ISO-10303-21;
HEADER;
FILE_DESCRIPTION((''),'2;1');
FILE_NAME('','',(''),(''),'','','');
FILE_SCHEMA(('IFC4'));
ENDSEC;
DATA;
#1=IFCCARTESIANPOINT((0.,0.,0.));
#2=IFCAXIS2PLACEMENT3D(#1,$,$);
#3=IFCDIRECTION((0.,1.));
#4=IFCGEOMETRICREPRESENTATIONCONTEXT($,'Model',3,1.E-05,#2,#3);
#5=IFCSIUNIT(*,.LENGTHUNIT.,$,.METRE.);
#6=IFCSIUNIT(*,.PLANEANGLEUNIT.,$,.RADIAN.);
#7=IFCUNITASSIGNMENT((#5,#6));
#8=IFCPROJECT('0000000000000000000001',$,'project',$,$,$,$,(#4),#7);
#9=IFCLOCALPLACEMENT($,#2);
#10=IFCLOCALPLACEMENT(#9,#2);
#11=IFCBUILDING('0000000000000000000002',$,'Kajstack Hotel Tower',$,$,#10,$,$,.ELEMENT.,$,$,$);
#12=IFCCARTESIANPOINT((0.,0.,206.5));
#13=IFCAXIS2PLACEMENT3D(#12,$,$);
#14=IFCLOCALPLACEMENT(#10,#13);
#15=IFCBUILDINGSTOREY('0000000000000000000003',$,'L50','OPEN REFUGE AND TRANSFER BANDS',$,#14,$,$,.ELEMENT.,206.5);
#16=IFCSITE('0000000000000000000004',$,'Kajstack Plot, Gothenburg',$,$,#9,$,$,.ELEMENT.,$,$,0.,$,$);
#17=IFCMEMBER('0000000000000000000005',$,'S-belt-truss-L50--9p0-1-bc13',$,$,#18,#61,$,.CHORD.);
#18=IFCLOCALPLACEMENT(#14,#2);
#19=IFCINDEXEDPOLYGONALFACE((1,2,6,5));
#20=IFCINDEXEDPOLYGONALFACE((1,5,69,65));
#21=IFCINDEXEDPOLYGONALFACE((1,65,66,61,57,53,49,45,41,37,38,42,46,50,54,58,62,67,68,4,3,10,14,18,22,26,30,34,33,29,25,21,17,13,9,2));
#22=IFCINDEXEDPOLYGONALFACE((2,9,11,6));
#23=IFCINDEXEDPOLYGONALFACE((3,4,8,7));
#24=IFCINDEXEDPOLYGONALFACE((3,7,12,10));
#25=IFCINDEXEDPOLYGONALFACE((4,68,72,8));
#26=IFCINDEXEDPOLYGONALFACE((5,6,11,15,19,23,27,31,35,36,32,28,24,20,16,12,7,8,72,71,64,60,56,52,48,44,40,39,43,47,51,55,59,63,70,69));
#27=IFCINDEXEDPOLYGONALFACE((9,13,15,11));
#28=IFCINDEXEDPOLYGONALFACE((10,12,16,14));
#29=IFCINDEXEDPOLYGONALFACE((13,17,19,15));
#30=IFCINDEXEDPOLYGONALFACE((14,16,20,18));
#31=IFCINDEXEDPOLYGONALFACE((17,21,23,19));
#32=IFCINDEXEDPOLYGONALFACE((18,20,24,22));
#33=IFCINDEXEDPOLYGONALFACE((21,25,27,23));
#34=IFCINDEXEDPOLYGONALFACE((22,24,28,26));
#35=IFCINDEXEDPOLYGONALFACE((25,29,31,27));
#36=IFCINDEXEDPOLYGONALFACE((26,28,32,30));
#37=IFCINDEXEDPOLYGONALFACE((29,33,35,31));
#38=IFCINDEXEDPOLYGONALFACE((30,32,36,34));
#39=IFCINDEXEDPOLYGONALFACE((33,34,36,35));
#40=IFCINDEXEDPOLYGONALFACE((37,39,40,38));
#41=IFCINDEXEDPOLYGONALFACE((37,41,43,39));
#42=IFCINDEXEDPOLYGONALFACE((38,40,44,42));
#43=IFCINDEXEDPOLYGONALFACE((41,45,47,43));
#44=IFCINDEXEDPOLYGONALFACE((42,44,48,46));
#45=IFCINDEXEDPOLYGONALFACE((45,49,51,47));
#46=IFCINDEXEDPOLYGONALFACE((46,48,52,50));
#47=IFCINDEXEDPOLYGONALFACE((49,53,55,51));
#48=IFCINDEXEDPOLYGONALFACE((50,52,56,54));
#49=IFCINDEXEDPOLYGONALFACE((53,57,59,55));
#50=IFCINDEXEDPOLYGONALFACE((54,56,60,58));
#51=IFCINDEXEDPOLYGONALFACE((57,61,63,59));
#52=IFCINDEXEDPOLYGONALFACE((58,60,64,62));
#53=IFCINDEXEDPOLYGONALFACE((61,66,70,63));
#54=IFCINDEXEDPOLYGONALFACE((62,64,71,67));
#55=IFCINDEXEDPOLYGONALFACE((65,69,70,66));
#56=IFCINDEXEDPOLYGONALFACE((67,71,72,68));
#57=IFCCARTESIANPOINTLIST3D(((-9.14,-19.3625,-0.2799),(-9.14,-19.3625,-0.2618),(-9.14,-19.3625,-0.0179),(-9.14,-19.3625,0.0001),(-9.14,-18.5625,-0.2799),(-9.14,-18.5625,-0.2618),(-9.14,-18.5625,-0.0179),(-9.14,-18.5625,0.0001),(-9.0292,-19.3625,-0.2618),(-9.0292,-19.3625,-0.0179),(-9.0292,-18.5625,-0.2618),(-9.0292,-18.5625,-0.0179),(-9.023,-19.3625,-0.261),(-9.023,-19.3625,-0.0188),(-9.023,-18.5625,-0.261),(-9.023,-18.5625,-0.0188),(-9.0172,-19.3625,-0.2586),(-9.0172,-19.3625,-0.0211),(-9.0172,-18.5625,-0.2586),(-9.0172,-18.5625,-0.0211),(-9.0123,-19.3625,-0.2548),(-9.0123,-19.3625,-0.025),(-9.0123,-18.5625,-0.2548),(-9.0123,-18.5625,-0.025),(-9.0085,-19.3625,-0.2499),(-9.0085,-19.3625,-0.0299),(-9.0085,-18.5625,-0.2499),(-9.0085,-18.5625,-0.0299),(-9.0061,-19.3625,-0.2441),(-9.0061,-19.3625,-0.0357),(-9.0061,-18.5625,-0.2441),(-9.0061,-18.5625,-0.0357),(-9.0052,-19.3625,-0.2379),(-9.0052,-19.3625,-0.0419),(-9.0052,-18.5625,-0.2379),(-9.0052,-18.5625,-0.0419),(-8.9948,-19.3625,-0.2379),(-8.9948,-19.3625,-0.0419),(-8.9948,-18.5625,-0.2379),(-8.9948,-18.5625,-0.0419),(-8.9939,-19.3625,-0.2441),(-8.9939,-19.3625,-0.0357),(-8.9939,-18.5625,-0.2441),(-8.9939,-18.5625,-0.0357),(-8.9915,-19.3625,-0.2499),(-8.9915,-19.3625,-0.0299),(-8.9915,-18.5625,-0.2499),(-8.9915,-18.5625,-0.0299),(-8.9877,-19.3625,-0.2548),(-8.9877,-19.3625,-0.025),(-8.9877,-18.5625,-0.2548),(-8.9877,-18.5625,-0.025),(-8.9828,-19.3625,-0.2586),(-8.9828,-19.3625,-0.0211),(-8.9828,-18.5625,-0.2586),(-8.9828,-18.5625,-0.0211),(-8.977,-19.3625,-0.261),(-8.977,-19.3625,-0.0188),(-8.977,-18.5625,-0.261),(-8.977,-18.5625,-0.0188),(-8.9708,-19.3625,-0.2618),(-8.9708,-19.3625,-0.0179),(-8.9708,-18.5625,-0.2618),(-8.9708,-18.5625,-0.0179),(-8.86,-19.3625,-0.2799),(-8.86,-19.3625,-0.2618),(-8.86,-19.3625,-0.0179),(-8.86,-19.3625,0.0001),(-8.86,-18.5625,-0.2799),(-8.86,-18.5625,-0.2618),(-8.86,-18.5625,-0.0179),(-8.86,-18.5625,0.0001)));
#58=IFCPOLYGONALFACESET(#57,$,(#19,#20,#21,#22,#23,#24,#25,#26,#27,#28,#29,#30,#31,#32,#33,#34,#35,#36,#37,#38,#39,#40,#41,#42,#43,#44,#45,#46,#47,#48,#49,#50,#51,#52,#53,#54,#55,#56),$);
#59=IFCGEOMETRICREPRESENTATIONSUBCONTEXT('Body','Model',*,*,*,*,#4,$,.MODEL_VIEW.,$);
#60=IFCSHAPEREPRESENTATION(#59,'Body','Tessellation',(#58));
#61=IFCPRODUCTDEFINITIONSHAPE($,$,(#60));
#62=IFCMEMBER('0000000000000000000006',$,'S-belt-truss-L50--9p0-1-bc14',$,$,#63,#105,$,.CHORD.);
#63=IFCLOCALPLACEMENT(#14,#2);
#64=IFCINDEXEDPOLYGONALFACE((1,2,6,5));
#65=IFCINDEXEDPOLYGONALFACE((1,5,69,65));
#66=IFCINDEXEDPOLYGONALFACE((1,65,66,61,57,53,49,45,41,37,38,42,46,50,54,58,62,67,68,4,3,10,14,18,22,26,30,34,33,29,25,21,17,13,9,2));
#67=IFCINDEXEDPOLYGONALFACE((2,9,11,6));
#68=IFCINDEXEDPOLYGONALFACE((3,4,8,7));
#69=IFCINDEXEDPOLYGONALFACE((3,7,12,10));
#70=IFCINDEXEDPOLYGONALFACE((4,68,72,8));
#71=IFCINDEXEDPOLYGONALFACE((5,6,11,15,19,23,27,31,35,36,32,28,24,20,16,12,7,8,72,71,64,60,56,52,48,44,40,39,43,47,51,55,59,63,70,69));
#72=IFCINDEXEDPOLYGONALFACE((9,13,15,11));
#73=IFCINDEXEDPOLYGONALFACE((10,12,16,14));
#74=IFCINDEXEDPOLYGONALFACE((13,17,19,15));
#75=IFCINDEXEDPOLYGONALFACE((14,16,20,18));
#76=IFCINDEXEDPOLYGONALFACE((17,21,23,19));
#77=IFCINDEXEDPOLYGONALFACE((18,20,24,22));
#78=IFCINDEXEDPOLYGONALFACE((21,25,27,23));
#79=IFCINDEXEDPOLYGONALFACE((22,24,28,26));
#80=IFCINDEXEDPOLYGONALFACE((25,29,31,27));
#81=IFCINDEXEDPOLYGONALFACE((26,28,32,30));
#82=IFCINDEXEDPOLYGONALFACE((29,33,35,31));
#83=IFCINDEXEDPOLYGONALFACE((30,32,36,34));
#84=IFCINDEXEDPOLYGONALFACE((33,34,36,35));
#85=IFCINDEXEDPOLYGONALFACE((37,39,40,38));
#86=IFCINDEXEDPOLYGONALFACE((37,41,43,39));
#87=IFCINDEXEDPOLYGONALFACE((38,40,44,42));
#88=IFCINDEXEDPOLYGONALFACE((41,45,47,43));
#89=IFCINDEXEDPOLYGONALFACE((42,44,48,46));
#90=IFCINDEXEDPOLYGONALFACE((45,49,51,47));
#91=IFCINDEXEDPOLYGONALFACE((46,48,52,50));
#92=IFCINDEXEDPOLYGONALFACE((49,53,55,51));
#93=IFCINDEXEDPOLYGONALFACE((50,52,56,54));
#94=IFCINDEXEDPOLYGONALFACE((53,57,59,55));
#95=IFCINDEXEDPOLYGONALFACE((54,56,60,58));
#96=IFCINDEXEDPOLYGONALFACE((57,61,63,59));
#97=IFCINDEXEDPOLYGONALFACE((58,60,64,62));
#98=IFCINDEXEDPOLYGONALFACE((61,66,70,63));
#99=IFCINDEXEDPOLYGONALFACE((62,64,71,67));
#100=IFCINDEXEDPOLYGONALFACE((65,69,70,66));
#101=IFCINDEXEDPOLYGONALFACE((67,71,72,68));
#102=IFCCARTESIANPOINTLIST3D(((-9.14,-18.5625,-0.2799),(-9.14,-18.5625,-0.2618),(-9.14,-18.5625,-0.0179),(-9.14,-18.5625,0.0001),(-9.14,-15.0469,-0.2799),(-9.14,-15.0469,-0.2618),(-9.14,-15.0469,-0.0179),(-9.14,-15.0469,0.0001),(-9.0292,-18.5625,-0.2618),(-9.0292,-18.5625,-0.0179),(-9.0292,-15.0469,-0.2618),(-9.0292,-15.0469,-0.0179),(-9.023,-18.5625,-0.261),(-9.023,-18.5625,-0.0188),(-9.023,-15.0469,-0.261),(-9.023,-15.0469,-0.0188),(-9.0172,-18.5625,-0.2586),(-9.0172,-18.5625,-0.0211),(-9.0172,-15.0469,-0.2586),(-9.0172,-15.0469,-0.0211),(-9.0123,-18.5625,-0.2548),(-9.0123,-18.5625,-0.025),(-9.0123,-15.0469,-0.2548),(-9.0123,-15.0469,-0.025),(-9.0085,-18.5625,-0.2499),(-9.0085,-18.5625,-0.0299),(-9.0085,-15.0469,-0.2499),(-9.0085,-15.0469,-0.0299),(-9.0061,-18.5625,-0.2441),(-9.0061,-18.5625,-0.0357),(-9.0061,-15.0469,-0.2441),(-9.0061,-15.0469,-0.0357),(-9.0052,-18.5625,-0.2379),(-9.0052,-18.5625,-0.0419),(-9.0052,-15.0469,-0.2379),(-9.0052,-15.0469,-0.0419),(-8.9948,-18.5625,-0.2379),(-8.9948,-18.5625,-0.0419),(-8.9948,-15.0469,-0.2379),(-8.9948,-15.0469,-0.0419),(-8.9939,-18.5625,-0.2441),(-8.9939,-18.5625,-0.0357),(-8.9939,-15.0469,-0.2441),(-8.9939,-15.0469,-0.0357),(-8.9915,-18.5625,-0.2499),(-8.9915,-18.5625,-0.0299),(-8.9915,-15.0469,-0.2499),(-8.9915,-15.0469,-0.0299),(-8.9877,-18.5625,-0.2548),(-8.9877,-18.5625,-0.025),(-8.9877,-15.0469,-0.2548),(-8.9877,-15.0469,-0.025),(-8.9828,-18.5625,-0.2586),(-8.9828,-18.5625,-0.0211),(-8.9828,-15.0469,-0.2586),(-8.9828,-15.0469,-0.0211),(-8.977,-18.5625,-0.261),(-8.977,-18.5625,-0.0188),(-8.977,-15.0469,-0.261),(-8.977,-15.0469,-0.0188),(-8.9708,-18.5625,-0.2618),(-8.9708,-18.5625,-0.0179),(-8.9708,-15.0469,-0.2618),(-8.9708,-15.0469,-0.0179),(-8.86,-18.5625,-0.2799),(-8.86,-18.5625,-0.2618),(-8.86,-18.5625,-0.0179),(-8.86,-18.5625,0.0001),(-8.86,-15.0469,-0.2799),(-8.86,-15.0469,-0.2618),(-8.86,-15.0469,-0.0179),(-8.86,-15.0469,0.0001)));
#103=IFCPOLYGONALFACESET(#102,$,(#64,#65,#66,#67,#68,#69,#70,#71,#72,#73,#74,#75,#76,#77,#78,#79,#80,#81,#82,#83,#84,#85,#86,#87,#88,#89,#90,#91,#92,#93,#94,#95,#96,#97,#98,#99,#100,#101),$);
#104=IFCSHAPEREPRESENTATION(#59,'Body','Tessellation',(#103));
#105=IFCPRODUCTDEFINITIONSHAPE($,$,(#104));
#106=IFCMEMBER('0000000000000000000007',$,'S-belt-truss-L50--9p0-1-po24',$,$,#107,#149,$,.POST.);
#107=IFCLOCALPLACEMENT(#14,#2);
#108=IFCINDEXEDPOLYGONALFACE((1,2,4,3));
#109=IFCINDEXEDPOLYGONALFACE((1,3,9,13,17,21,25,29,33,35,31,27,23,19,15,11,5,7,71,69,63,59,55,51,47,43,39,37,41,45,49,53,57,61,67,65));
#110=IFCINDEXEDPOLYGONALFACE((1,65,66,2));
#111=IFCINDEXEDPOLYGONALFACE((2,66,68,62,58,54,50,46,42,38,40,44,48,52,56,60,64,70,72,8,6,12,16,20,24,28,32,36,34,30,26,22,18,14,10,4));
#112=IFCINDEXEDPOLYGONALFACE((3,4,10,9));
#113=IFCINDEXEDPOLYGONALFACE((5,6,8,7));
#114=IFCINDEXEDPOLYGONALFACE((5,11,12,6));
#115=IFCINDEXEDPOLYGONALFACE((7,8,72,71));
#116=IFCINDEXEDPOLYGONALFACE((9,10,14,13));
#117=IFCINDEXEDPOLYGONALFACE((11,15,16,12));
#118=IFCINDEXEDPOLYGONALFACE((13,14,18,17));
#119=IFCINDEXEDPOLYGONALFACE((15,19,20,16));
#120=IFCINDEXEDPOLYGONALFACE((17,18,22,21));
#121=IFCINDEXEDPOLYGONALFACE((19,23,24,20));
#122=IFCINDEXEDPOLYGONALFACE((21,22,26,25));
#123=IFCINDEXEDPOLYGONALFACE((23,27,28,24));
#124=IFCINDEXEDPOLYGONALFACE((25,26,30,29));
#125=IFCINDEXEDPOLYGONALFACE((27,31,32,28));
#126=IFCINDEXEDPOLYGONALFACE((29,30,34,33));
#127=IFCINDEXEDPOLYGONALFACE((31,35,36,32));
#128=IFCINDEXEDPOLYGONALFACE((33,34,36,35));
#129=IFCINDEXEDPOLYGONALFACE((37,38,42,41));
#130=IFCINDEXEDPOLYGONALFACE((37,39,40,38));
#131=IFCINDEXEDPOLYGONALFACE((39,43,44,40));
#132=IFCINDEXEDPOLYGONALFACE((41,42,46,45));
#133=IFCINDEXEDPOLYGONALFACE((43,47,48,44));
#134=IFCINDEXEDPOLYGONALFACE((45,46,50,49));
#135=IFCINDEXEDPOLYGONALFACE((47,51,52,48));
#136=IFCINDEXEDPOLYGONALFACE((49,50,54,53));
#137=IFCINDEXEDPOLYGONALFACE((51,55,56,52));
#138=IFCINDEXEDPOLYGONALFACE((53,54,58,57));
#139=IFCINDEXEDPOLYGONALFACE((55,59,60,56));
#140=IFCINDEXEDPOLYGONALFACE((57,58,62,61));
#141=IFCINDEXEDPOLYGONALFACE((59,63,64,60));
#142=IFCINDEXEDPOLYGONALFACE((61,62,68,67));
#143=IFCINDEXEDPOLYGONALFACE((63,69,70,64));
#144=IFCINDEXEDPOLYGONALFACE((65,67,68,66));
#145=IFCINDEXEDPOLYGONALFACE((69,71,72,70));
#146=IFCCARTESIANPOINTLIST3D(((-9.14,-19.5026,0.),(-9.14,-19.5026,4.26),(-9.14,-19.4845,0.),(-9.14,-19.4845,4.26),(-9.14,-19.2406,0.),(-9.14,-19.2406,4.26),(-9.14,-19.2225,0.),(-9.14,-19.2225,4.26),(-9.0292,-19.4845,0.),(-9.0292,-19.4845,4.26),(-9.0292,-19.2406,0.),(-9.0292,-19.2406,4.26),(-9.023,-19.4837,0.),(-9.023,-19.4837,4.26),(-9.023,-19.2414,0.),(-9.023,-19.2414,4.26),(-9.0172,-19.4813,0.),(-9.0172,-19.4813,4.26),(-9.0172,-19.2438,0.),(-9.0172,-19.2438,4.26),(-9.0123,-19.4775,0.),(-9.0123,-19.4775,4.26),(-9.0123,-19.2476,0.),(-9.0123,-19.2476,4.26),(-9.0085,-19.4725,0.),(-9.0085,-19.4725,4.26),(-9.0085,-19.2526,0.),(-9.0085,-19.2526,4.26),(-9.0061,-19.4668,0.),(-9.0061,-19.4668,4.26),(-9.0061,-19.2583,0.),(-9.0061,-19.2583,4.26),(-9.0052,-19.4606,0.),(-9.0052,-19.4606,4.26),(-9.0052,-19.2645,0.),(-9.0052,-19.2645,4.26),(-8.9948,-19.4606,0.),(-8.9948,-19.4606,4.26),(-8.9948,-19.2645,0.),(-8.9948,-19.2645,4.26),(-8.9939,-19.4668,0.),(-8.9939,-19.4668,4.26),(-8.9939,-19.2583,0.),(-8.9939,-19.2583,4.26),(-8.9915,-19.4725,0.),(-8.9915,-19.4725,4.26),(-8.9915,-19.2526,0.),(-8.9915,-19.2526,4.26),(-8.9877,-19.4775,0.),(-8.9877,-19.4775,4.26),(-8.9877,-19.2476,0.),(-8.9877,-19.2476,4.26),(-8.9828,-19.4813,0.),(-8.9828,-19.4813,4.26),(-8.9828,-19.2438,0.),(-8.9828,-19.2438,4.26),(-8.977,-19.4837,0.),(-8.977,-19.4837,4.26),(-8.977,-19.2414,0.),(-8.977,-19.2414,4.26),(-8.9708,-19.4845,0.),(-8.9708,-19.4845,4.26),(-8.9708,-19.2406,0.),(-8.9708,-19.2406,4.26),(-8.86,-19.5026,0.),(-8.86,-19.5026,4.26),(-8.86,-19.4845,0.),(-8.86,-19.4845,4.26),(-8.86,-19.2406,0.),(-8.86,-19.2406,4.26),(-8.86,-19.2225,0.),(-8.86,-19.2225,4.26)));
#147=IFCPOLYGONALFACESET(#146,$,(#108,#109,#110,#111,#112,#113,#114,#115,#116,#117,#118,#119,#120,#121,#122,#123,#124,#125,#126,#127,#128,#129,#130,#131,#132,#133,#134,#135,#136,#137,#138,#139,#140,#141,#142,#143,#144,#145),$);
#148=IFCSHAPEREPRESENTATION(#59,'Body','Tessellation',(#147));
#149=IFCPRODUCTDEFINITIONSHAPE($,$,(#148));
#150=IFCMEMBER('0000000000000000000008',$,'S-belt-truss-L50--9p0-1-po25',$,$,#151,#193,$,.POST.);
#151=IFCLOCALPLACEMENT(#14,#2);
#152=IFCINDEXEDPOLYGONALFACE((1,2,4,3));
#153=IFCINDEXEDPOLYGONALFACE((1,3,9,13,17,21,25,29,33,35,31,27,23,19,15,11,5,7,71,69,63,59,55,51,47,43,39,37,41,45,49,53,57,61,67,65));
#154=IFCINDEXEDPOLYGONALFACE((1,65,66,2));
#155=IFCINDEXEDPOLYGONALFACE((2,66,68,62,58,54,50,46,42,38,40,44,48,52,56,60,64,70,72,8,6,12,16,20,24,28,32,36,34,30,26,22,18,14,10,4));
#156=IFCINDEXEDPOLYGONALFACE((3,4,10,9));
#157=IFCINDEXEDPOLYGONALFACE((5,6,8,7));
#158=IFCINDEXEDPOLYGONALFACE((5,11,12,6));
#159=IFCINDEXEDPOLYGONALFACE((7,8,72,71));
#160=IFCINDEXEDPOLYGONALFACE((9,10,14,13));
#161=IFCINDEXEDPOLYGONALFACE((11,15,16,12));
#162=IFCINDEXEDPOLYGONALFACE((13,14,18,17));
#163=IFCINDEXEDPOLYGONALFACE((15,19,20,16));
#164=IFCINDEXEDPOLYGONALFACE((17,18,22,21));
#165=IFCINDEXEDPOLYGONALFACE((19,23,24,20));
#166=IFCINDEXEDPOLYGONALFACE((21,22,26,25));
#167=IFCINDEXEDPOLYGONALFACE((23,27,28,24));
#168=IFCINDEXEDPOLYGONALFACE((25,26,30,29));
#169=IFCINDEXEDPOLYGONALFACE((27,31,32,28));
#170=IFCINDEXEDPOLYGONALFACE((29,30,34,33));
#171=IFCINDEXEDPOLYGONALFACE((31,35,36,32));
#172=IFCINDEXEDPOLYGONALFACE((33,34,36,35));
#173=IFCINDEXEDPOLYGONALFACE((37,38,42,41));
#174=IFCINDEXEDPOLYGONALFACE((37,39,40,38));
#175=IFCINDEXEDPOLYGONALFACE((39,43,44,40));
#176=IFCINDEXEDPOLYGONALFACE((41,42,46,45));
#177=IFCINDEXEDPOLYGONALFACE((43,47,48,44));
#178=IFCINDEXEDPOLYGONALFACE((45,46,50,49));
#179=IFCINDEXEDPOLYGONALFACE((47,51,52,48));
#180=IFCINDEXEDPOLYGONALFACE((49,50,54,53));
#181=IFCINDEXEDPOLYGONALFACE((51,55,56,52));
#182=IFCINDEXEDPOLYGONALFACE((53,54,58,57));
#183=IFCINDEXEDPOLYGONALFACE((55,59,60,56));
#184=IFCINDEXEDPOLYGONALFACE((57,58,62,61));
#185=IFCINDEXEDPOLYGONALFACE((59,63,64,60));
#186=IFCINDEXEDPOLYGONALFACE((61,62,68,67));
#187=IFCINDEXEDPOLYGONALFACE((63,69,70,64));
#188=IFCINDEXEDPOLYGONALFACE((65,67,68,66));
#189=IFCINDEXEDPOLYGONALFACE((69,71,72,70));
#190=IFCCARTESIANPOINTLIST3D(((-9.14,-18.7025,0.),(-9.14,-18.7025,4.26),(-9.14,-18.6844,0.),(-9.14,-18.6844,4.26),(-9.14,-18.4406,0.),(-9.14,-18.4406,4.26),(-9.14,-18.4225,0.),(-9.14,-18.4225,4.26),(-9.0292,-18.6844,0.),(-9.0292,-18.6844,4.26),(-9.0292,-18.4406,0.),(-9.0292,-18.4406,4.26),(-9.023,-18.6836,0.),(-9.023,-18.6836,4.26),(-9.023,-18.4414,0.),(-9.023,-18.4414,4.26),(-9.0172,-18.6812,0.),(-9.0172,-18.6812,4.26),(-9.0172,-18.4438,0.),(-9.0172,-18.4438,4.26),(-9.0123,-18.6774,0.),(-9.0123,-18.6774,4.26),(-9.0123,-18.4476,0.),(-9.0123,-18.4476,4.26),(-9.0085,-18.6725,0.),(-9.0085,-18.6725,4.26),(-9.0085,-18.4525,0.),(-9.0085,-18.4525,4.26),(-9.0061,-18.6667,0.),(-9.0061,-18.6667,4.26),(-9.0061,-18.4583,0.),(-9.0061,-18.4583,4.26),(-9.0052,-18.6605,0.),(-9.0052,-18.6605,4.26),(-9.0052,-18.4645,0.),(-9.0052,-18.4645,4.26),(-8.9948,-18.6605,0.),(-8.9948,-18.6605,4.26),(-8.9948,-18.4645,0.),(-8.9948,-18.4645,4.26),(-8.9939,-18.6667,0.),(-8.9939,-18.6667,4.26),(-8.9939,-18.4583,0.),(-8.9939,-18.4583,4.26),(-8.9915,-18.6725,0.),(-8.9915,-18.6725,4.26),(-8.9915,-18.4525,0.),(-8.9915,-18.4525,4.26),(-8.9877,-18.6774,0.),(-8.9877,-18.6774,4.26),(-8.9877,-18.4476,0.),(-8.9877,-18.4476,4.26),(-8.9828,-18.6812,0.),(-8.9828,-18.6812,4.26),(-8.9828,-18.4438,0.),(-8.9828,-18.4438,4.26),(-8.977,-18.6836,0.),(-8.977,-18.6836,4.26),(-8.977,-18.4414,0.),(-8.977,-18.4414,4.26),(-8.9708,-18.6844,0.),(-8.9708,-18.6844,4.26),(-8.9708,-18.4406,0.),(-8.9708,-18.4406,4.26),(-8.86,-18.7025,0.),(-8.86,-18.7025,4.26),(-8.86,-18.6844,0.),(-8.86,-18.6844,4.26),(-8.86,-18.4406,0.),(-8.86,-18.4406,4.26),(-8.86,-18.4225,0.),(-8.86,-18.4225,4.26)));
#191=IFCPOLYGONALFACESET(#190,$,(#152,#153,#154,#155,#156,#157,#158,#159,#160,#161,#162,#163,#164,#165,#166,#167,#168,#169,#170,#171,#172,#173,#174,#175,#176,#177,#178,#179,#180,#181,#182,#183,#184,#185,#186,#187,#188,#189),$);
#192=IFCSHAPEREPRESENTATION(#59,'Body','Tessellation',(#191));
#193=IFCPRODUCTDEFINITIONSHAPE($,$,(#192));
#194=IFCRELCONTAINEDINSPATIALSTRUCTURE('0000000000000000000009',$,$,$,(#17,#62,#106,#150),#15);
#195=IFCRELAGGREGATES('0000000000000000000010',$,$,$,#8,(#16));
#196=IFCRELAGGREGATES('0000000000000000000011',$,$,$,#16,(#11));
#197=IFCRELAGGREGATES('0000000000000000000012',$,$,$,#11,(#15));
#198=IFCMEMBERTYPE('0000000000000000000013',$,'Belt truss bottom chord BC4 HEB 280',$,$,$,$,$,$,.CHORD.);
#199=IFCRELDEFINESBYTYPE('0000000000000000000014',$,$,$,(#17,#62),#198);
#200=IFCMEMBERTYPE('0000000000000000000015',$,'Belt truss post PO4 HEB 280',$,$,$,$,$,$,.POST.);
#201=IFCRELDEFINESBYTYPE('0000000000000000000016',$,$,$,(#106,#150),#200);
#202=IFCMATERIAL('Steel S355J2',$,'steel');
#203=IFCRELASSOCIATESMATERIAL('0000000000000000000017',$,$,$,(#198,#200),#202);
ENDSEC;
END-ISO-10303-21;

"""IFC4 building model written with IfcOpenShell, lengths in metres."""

from ifc_helpers import new_model, si_unit, direction, frame, origin, origin_2d, place, context, subcontext, project, spatial, i_section, extrude, material, material_profile, profile_set, type_object, element, save


model = new_model("IFC4")

# Units and contexts
model_context = context("Model", 3, precision=1e-05, world=origin(), true_north=direction((0.0, 1.0)))
body_context = subcontext(model_context, "Body", "Model", "MODEL_VIEW")
ifc_project = project(units=[si_unit("LENGTHUNIT", "METRE"), si_unit("PLANEANGLEUNIT", "RADIAN")], contexts=[model_context])

# Site, building, storey
site_placement = place(None, origin())
site = spatial("IfcSite", under=ifc_project, at=site_placement, Name="Kajstack Plot, Gothenburg", CompositionType="ELEMENT", RefElevation=0.0)
building_placement = place(site_placement, origin())
building = spatial("IfcBuilding", under=site, at=building_placement, Name="Kajstack Hotel Tower", CompositionType="ELEMENT")
storey_placement = place(building_placement, frame((0.0, 0.0, 206.5)))
storey = spatial("IfcBuildingStorey", under=building, at=storey_placement, Name="L50", Description="OPEN REFUGE AND TRANSFER BANDS", CompositionType="ELEMENT", Elevation=206.5)

# Members
ifc_material_1 = material(Name="Steel S355J2", Category="steel")
ifc_material_profile_1 = material_profile(ifc_material_1, i_section(OverallWidth=0.28, OverallDepth=0.28, WebThickness=0.0105, FlangeThickness=0.0181, FilletRadius=0.0239, at=origin_2d()), Name="HEB 280")
ifc_profile_set_1 = profile_set([ifc_material_profile_1], Name="Steel S355J2")
member_type_1 = type_object("IfcMemberType", Name="Belt truss bottom chord BC4 HEB 280", PredefinedType="CHORD", material=ifc_profile_set_1)
member_1_placement = place(storey_placement, frame((-9.0, -19.3625, -0.1399), z_axis=(0.0, 1.0, 0.0), x_axis=(-1.0, 0.0, 0.0)))
element("IfcMember", 1, at=member_1_placement, inside=storey, type_object=member_type_1, Name="S-belt-truss-L50--9p0-1-bc13", PredefinedType="CHORD", context=body_context, shape_type="SweptSolid", body=[
    extrude(i_section(OverallWidth=0.28, OverallDepth=0.28, WebThickness=0.0105, FlangeThickness=0.0181, FilletRadius=0.0239, at=origin_2d()), origin(), (0.0, 0.0, 1.0), 0.8),
])
member_2_placement = place(storey_placement, frame((-9.0, -18.5625, -0.1399), z_axis=(0.0, 1.0, 0.0), x_axis=(-1.0, 0.0, 0.0)))
element("IfcMember", 2, at=member_2_placement, inside=storey, type_object=member_type_1, Name="S-belt-truss-L50--9p0-1-bc14", PredefinedType="CHORD", context=body_context, shape_type="SweptSolid", body=[
    extrude(i_section(OverallWidth=0.28, OverallDepth=0.28, WebThickness=0.0105, FlangeThickness=0.0181, FilletRadius=0.0239, at=origin_2d()), origin(), (0.0, 0.0, 1.0), 3.5156),
])
ifc_material_profile_2 = material_profile(ifc_material_1, i_section(OverallWidth=0.28, OverallDepth=0.28, WebThickness=0.0105, FlangeThickness=0.0181, FilletRadius=0.0239, at=origin_2d()), Name="HEB 280")
ifc_profile_set_2 = profile_set([ifc_material_profile_2], Name="Steel S355J2")
member_type_2 = type_object("IfcMemberType", Name="Belt truss post PO4 HEB 280", PredefinedType="POST", material=ifc_profile_set_2)
for number, where, z_axis, x_axis, name in (
    (3, (-9.0, -19.3625, 0.0), (0.0, 0.0, 1.0), (1.0, 0.0, 0.0), "S-belt-truss-L50--9p0-1-po24"),
    (4, (-9.0, -18.5625, 0.0), (0.0, 0.0, 1.0), (1.0, 0.0, 0.0), "S-belt-truss-L50--9p0-1-po25"),
):
    element("IfcMember", number, at=place(storey_placement, frame(where, z_axis=z_axis, x_axis=x_axis)), inside=storey, type_object=member_type_2, Name=name, PredefinedType="POST", context=body_context, shape_type="SweptSolid", body=[
        extrude(i_section(OverallWidth=0.28, OverallDepth=0.28, WebThickness=0.0105, FlangeThickness=0.0181, FilletRadius=0.0239, at=origin_2d()), origin(), (0.0, 0.0, 1.0), 4.26),
    ])

save(model, "model.ifc")
